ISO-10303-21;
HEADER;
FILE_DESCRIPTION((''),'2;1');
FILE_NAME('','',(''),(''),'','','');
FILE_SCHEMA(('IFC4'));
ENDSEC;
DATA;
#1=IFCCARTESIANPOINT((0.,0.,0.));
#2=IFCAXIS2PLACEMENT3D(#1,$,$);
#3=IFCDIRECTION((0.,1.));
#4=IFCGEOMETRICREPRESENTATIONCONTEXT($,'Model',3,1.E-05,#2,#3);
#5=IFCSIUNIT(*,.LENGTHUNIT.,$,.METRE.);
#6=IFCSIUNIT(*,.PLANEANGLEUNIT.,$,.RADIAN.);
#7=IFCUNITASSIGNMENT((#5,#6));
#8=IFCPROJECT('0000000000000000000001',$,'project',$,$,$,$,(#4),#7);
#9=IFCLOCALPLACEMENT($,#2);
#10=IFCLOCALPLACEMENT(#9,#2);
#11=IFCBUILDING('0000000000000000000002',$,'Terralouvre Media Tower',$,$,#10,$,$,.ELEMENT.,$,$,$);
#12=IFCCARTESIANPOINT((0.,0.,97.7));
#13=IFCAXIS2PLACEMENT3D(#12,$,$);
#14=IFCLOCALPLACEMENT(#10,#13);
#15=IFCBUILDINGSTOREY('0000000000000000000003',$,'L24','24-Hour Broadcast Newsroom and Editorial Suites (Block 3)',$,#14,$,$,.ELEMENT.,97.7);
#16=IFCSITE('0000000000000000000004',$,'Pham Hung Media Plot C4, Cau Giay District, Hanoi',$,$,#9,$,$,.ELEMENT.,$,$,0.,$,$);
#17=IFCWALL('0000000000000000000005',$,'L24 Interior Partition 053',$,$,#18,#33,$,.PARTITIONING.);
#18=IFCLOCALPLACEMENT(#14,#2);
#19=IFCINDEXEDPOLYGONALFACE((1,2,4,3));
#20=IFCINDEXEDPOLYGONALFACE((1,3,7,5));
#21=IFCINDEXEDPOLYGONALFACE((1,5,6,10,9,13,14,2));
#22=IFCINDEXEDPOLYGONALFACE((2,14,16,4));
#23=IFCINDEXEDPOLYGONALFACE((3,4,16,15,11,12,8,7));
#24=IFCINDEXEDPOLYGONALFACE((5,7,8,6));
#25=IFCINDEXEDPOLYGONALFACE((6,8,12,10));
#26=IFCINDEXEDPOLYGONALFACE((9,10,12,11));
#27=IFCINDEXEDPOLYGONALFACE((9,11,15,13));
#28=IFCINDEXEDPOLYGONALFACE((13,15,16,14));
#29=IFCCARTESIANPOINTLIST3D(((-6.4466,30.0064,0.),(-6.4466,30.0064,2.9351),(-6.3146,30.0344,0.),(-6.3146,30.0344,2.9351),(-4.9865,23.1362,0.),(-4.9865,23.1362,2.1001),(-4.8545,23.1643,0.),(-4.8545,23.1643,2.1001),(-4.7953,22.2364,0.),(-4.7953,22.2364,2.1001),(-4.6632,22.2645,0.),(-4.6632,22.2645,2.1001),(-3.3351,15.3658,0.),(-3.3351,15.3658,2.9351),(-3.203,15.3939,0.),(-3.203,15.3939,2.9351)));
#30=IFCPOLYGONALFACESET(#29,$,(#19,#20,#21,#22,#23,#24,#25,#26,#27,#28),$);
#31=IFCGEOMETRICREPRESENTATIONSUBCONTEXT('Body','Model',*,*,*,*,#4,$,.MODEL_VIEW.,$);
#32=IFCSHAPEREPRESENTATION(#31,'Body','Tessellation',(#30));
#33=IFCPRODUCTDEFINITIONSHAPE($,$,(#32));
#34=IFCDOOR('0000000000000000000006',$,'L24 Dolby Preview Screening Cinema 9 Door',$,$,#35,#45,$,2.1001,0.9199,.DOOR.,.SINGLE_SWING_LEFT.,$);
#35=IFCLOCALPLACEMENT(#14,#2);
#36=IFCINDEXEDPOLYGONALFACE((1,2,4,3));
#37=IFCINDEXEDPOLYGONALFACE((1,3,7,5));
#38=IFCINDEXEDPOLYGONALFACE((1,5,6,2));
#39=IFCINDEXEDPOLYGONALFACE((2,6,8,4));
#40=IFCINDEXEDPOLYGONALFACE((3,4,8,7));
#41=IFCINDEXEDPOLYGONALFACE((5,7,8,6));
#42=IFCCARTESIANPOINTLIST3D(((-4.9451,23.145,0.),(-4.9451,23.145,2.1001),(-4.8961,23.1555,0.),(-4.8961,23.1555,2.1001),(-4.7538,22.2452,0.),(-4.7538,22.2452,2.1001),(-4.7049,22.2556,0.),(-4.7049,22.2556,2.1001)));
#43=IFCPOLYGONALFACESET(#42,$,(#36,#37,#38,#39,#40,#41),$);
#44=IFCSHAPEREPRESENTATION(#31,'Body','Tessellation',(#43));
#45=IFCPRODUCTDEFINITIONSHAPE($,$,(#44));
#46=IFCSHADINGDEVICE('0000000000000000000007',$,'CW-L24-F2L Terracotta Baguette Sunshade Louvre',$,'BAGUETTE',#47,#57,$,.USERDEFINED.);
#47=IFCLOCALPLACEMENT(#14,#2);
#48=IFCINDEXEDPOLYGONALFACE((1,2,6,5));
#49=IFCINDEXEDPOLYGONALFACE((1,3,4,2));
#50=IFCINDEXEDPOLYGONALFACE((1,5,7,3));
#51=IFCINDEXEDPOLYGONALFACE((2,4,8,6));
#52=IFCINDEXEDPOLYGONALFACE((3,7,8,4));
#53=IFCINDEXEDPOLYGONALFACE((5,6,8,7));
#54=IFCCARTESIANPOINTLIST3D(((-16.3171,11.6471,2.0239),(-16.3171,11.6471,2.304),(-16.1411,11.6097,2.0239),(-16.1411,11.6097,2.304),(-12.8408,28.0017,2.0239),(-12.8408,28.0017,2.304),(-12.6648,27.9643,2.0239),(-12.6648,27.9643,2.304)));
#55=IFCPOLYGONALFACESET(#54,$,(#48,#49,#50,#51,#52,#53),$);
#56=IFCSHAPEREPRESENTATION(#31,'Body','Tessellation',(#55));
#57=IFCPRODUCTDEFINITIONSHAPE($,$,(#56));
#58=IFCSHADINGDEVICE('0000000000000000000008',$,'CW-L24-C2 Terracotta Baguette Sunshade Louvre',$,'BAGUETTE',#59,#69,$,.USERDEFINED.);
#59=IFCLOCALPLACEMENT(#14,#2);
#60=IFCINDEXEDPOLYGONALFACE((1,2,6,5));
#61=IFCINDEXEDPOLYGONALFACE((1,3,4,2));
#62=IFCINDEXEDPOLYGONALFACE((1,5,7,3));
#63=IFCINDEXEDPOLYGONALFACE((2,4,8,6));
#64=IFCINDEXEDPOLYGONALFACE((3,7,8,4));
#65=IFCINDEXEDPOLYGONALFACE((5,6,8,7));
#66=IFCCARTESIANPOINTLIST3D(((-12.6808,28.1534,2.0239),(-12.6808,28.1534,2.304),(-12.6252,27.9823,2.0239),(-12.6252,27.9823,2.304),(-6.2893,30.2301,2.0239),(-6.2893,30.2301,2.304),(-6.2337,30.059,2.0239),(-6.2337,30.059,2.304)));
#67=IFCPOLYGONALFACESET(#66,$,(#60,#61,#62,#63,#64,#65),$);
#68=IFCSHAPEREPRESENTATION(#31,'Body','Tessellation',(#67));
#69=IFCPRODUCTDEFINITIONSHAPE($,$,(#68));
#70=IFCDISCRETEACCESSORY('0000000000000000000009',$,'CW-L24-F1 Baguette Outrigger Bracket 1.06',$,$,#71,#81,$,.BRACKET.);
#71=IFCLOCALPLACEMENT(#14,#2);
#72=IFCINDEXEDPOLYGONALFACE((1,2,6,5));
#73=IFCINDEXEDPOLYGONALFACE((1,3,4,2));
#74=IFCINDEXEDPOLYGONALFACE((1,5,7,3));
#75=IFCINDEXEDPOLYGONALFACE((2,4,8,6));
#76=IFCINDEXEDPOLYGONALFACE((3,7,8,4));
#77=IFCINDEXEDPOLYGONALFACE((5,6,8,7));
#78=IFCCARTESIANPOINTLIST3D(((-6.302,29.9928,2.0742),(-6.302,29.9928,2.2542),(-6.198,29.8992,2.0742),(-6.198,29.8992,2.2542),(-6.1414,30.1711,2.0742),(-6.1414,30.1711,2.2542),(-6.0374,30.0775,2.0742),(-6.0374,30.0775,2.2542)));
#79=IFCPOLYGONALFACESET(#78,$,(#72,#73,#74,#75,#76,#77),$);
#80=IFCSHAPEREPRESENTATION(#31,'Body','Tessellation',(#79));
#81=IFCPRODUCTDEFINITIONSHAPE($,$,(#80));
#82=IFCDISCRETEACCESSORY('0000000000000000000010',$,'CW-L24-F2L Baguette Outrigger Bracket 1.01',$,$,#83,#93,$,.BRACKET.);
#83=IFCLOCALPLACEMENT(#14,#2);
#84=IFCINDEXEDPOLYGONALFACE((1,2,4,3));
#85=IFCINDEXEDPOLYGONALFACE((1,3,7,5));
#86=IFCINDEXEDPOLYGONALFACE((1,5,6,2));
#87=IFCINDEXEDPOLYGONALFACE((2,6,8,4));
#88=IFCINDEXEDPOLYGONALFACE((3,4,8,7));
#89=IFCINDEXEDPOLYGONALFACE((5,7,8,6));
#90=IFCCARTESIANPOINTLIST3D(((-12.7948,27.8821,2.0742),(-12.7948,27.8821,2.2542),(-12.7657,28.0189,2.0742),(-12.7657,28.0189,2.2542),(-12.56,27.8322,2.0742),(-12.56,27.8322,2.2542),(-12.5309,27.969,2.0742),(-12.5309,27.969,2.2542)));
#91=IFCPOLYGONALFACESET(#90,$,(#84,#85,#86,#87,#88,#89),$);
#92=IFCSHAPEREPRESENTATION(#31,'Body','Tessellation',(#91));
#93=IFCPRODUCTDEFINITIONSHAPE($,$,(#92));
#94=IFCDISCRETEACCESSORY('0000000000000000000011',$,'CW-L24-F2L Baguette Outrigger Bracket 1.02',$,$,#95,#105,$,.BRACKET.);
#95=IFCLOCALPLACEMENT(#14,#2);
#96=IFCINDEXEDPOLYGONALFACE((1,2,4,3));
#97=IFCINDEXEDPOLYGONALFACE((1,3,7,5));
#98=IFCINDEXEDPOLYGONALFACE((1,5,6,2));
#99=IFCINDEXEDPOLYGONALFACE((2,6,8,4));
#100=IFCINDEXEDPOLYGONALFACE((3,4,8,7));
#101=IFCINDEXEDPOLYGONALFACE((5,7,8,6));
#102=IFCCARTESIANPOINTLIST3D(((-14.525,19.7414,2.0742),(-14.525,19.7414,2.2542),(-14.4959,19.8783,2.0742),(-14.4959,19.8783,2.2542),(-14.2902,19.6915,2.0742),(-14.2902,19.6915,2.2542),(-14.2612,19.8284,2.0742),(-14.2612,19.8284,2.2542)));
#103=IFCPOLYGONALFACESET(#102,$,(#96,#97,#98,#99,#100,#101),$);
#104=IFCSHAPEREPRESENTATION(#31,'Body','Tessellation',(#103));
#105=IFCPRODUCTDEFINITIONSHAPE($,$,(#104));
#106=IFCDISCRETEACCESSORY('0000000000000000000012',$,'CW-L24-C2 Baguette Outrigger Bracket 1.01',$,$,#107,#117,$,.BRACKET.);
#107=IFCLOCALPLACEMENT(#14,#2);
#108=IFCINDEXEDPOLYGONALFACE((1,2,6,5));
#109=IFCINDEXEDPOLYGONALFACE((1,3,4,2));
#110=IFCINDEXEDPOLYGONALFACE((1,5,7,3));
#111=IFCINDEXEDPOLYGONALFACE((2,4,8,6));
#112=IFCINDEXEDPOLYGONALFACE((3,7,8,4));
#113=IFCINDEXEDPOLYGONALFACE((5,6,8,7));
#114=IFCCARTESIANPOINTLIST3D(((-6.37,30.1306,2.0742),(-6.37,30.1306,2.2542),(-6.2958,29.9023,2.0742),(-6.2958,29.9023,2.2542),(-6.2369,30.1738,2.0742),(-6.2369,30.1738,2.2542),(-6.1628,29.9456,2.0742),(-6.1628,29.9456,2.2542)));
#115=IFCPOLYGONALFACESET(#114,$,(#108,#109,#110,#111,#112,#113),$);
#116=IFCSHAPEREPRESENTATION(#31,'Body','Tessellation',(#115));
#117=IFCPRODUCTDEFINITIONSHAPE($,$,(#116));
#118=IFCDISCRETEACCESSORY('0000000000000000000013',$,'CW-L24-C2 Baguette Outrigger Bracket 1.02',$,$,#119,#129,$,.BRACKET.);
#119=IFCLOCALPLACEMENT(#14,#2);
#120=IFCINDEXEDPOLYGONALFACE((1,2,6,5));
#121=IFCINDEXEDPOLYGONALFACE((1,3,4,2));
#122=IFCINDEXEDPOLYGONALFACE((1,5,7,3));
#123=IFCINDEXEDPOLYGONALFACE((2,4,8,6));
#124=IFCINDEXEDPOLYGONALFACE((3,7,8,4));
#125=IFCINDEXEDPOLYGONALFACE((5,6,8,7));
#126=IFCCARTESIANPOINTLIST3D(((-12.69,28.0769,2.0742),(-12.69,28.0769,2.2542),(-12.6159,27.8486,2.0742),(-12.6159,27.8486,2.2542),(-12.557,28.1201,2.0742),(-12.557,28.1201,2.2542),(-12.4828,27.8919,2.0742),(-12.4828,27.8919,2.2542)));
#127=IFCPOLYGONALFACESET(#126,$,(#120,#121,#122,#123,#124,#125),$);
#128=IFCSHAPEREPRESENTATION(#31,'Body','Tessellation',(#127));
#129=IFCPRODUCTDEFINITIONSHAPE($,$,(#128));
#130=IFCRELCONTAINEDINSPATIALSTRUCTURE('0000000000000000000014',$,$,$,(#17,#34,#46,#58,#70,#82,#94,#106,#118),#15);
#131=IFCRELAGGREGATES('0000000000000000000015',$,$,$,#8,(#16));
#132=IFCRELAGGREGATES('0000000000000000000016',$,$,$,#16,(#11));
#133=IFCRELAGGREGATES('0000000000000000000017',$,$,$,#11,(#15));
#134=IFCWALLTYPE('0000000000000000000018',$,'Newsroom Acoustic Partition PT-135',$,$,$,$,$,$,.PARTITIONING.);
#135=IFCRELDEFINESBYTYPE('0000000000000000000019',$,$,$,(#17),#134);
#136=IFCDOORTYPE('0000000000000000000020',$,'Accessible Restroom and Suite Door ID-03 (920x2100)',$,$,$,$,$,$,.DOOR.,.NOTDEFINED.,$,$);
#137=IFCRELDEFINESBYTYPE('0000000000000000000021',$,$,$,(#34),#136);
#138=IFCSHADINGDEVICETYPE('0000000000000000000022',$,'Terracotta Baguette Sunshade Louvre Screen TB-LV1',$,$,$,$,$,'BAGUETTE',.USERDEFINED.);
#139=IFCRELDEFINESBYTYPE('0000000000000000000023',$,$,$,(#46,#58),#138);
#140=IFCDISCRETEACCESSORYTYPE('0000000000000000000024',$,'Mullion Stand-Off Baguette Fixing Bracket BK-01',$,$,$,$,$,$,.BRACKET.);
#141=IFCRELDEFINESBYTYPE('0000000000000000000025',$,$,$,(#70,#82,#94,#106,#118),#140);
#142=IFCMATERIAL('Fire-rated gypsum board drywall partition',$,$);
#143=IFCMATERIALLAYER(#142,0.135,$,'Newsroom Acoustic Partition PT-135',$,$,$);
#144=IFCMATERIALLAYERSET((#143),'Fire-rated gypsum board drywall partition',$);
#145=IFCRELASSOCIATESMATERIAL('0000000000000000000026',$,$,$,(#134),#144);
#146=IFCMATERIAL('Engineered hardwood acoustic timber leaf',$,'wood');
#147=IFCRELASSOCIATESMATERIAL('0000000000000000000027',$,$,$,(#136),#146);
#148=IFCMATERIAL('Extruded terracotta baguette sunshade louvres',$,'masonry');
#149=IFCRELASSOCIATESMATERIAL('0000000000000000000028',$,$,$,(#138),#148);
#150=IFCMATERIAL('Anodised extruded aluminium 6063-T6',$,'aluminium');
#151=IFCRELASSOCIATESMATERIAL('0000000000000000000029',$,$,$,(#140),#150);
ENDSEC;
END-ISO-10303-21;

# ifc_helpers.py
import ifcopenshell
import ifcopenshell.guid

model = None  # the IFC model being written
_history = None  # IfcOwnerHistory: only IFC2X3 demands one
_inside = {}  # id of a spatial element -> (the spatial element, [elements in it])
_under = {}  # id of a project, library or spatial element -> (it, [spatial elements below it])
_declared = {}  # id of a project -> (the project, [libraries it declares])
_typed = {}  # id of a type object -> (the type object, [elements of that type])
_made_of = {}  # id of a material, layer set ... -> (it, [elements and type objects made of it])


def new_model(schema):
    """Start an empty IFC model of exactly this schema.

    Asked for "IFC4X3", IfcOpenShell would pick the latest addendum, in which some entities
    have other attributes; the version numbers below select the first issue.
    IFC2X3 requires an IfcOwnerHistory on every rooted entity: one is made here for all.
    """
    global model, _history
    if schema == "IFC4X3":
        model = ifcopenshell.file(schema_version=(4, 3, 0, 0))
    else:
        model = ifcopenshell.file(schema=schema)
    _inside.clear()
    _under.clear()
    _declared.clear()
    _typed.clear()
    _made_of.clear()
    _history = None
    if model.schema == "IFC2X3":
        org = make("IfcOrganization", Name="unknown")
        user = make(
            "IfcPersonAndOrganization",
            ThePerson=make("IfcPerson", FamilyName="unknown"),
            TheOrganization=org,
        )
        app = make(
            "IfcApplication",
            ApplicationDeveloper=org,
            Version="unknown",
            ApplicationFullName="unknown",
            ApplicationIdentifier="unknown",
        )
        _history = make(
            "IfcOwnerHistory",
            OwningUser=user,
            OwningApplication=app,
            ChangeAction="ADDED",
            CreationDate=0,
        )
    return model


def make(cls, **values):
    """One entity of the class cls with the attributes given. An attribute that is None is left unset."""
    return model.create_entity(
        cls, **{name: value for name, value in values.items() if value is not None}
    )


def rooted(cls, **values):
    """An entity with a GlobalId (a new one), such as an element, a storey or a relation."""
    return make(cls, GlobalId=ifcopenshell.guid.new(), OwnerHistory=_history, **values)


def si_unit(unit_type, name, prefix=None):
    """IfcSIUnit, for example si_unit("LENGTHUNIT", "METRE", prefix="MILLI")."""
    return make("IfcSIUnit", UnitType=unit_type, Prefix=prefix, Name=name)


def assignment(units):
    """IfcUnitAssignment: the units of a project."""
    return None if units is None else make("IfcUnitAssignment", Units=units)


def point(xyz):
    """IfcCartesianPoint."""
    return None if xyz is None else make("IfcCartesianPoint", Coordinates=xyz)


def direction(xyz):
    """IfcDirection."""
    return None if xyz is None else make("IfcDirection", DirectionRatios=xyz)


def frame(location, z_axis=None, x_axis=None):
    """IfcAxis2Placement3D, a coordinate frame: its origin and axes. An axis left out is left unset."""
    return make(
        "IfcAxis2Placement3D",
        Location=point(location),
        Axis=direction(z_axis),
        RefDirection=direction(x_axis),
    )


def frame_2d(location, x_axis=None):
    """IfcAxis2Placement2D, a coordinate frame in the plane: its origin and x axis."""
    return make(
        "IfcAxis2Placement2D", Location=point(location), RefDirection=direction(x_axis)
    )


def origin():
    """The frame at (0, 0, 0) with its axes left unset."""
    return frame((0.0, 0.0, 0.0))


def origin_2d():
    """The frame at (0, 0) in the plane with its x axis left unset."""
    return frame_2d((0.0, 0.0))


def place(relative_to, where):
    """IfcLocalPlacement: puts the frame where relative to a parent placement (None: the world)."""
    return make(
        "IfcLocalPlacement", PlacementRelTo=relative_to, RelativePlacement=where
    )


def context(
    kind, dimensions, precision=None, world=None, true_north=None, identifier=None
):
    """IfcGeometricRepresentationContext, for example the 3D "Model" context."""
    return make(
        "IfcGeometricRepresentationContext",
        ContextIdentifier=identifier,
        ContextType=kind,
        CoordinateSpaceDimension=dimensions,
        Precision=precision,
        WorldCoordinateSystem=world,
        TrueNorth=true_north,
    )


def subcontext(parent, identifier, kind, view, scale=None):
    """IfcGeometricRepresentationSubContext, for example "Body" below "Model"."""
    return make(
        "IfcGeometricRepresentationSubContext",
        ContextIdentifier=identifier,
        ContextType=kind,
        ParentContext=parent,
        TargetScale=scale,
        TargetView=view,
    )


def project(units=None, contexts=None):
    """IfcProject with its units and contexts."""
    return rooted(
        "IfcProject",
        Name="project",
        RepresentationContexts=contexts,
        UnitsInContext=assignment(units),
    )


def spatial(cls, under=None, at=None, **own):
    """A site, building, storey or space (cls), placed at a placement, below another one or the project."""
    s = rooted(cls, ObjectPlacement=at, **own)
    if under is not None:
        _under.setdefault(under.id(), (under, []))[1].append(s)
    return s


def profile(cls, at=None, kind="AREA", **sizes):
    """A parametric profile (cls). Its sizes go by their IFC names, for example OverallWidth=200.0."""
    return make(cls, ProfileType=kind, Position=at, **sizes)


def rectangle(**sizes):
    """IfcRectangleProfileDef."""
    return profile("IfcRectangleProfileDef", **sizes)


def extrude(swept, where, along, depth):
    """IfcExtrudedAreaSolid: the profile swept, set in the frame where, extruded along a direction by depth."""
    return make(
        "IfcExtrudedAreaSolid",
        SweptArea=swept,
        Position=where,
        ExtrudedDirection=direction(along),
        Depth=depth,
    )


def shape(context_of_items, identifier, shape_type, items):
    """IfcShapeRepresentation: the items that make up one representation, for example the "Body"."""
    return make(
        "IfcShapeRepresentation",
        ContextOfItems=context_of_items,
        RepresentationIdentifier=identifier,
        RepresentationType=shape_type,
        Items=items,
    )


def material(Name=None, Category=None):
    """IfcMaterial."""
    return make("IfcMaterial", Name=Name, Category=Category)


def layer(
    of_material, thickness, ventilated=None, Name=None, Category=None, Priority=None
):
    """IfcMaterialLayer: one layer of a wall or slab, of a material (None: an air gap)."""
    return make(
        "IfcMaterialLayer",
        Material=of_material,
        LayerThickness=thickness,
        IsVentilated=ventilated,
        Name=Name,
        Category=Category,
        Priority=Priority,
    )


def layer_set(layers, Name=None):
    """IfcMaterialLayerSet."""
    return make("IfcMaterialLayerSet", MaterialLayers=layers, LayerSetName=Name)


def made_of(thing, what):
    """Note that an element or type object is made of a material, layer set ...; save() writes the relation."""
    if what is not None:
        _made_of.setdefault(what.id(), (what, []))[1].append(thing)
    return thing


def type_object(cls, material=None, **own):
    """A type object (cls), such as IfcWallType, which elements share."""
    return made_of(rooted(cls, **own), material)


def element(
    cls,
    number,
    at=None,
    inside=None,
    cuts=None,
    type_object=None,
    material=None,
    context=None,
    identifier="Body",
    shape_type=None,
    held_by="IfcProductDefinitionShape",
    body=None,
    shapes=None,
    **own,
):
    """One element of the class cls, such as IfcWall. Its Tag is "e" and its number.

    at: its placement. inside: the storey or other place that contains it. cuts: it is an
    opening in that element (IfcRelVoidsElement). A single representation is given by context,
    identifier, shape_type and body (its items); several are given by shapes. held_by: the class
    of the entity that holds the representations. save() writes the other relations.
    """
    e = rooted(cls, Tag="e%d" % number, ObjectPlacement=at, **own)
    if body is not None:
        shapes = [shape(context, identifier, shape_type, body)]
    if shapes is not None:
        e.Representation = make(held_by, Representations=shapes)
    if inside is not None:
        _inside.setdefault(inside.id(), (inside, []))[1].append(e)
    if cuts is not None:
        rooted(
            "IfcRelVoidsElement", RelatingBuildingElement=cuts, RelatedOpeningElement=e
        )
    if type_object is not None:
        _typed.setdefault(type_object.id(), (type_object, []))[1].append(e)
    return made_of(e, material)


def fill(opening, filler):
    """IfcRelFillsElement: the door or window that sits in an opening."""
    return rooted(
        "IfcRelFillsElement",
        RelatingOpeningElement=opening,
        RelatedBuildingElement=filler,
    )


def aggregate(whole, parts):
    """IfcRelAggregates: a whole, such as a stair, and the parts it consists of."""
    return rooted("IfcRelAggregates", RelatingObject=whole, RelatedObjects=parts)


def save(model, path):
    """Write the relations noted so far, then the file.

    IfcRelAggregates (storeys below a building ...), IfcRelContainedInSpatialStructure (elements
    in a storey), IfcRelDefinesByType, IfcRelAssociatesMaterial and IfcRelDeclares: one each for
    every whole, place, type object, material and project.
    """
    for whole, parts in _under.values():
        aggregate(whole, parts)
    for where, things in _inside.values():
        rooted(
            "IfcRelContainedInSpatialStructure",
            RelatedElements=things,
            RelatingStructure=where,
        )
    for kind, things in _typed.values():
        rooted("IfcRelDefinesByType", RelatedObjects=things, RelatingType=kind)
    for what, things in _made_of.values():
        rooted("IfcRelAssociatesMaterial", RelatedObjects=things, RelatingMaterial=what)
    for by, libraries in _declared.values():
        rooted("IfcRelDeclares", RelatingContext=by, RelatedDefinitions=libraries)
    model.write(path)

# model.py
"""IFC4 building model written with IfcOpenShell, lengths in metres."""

from ifc_helpers import new_model, si_unit, direction, frame, frame_2d, origin, origin_2d, place, context, subcontext, project, spatial, rectangle, extrude, material, layer, layer_set, type_object, element, fill, save


model = new_model("IFC4")

# Units and contexts
model_context = context("Model", 3, precision=1e-05, world=origin(), true_north=direction((0.0, 1.0)))
body_context = subcontext(model_context, "Body", "Model", "MODEL_VIEW")
ifc_project = project(units=[si_unit("LENGTHUNIT", "METRE"), si_unit("PLANEANGLEUNIT", "RADIAN")], contexts=[model_context])

# Site, building, storey
site_placement = place(None, origin())
site = spatial("IfcSite", under=ifc_project, at=site_placement, Name="Pham Hung Media Plot C4, Cau Giay District, Hanoi", CompositionType="ELEMENT", RefElevation=0.0)
building_placement = place(site_placement, origin())
building = spatial("IfcBuilding", under=site, at=building_placement, Name="Terralouvre Media Tower", CompositionType="ELEMENT")
storey_placement = place(building_placement, frame((0.0, 0.0, 97.7)))
storey = spatial("IfcBuildingStorey", under=building, at=storey_placement, Name="L24", Description="24-Hour Broadcast Newsroom and Editorial Suites (Block 3)", CompositionType="ELEMENT", Elevation=97.7)

# Wall, opening, door
ifc_material_1 = material(Name="Fire-rated gypsum board drywall partition")
ifc_layer_1 = layer(ifc_material_1, 0.135, Name="Newsroom Acoustic Partition PT-135")
ifc_layer_set_1 = layer_set([ifc_layer_1], Name="Fire-rated gypsum board drywall partition")
wall_type = type_object("IfcWallType", Name="Newsroom Acoustic Partition PT-135", PredefinedType="PARTITIONING", material=ifc_layer_set_1)
wall_placement = place(storey_placement, frame((-6.3806, 30.0205, 0.0), z_axis=(0.0, 0.0, 1.0), x_axis=(0.207887, -0.978153, 0.0)))
wall = element("IfcWall", 1, at=wall_placement, inside=storey, type_object=wall_type, Name="L24 Interior Partition 053", PredefinedType="PARTITIONING", context=body_context, shape_type="SweptSolid", body=[
    extrude(rectangle(XDim=14.9675, YDim=0.135, at=frame_2d((7.4839, 0.0))), origin(), (0.0, 0.0, 1.0), 2.9351),
])
opening_placement = place(wall_placement, frame((7.0237, 0.0, 0.0)))
opening = element("IfcOpeningElement", 2, at=opening_placement, cuts=wall, PredefinedType="OPENING", context=body_context, shape_type="SweptSolid", body=[
    extrude(rectangle(XDim=0.9199, YDim=2.1001, at=frame_2d((0.46, 1.05))), frame((0.0, 0.0774, 0.0), z_axis=(0.0, -1.0, 0.0), x_axis=(1.0, 0.0, 0.0)), (0.0, 0.0, 1.0), 0.155),
])
ifc_material_2 = material(Name="Engineered hardwood acoustic timber leaf", Category="wood")
door_type = type_object("IfcDoorType", Name="Accessible Restroom and Suite Door ID-03 (920x2100)", OperationType="NOTDEFINED", PredefinedType="DOOR", material=ifc_material_2)
door_placement = place(opening_placement, origin())
door = element("IfcDoor", 3, at=door_placement, inside=storey, type_object=door_type, Name="L24 Dolby Preview Screening Cinema 9 Door", OperationType="SINGLE_SWING_LEFT", OverallHeight=2.1001, OverallWidth=0.9199, PredefinedType="DOOR", context=body_context, shape_type="SweptSolid", body=[
    extrude(rectangle(XDim=0.9199, YDim=2.1001, at=frame_2d((0.46, 1.05))), frame((0.0, 0.0249, 0.0), z_axis=(0.0, -1.0, 0.0), x_axis=(1.0, 0.0, 0.0)), (0.0, 0.0, 1.0), 0.05),
])
fill(opening, door)

# Shading devices
ifc_material_3 = material(Name="Extruded terracotta baguette sunshade louvres", Category="masonry")
shading_device_type = type_object("IfcShadingDeviceType", Name="Terracotta Baguette Sunshade Louvre Screen TB-LV1", ElementType="BAGUETTE", PredefinedType="USERDEFINED", material=ifc_material_3)
shading_device_1_placement = place(storey_placement, frame((-14.491, 19.8057, 2.0239), z_axis=(0.0, 0.0, 1.0), x_axis=(-0.207912, -0.978148, 0.0)))
element("IfcShadingDevice", 4, at=shading_device_1_placement, inside=storey, type_object=shading_device_type, Name="CW-L24-F2L Terracotta Baguette Sunshade Louvre", ObjectType="BAGUETTE", PredefinedType="USERDEFINED", context=body_context, shape_type="SweptSolid", body=[
    extrude(rectangle(XDim=16.72, YDim=0.1799, at=origin_2d()), origin(), (0.0, 0.0, 1.0), 0.28),
])
shading_device_2_placement = place(storey_placement, frame((-9.4573, 29.1062, 2.0239), z_axis=(0.0, 0.0, 1.0), x_axis=(-0.951056, -0.309018, 0.0)))
element("IfcShadingDevice", 5, at=shading_device_2_placement, inside=storey, type_object=shading_device_type, Name="CW-L24-C2 Terracotta Baguette Sunshade Louvre", ObjectType="BAGUETTE", PredefinedType="USERDEFINED", context=body_context, shape_type="SweptSolid", body=[
    extrude(rectangle(XDim=6.7205, YDim=0.1799, at=origin_2d()), origin(), (0.0, 0.0, 1.0), 0.28),
])

# Discrete accessories
ifc_material_4 = material(Name="Anodised extruded aluminium 6063-T6", Category="aluminium")
discrete_accessory_type = type_object("IfcDiscreteAccessoryType", Name="Mullion Stand-Off Baguette Fixing Bracket BK-01", PredefinedType="BRACKET", material=ifc_material_4)
for number, where, z_axis, x_axis, name in (
    (6, (-6.1697, 30.0352, 2.0742), (0.0, 0.0, 1.0), (-0.743145, 0.669131, 0.0), "CW-L24-F1 Baguette Outrigger Bracket 1.06"),
    (7, (-12.6628, 27.9255, 2.0742), (0.0, 0.0, 1.0), (-0.207912, -0.978148, 0.0), "CW-L24-F2L Baguette Outrigger Bracket 1.01"),
    (8, (-14.3931, 19.7849, 2.0742), (0.0, 0.0, 1.0), (-0.207912, -0.978148, 0.0), "CW-L24-F2L Baguette Outrigger Bracket 1.02"),
    (9, (-6.2664, 30.0381, 2.0742), (0.0, 0.0, 1.0), (-0.951056, -0.309018, 0.0), "CW-L24-C2 Baguette Outrigger Bracket 1.01"),
    (10, (-12.5864, 27.9844, 2.0742), (0.0, 0.0, 1.0), (-0.951056, -0.309018, 0.0), "CW-L24-C2 Baguette Outrigger Bracket 1.02"),
):
    element("IfcDiscreteAccessory", number, at=place(storey_placement, frame(where, z_axis=z_axis, x_axis=x_axis)), inside=storey, type_object=discrete_accessory_type, Name=name, PredefinedType="BRACKET", context=body_context, shape_type="SweptSolid", body=[
        extrude(rectangle(XDim=0.1399, YDim=0.24, at=origin_2d()), origin(), (0.0, 0.0, 1.0), 0.1799),
    ])

save(model, "model.ifc")
